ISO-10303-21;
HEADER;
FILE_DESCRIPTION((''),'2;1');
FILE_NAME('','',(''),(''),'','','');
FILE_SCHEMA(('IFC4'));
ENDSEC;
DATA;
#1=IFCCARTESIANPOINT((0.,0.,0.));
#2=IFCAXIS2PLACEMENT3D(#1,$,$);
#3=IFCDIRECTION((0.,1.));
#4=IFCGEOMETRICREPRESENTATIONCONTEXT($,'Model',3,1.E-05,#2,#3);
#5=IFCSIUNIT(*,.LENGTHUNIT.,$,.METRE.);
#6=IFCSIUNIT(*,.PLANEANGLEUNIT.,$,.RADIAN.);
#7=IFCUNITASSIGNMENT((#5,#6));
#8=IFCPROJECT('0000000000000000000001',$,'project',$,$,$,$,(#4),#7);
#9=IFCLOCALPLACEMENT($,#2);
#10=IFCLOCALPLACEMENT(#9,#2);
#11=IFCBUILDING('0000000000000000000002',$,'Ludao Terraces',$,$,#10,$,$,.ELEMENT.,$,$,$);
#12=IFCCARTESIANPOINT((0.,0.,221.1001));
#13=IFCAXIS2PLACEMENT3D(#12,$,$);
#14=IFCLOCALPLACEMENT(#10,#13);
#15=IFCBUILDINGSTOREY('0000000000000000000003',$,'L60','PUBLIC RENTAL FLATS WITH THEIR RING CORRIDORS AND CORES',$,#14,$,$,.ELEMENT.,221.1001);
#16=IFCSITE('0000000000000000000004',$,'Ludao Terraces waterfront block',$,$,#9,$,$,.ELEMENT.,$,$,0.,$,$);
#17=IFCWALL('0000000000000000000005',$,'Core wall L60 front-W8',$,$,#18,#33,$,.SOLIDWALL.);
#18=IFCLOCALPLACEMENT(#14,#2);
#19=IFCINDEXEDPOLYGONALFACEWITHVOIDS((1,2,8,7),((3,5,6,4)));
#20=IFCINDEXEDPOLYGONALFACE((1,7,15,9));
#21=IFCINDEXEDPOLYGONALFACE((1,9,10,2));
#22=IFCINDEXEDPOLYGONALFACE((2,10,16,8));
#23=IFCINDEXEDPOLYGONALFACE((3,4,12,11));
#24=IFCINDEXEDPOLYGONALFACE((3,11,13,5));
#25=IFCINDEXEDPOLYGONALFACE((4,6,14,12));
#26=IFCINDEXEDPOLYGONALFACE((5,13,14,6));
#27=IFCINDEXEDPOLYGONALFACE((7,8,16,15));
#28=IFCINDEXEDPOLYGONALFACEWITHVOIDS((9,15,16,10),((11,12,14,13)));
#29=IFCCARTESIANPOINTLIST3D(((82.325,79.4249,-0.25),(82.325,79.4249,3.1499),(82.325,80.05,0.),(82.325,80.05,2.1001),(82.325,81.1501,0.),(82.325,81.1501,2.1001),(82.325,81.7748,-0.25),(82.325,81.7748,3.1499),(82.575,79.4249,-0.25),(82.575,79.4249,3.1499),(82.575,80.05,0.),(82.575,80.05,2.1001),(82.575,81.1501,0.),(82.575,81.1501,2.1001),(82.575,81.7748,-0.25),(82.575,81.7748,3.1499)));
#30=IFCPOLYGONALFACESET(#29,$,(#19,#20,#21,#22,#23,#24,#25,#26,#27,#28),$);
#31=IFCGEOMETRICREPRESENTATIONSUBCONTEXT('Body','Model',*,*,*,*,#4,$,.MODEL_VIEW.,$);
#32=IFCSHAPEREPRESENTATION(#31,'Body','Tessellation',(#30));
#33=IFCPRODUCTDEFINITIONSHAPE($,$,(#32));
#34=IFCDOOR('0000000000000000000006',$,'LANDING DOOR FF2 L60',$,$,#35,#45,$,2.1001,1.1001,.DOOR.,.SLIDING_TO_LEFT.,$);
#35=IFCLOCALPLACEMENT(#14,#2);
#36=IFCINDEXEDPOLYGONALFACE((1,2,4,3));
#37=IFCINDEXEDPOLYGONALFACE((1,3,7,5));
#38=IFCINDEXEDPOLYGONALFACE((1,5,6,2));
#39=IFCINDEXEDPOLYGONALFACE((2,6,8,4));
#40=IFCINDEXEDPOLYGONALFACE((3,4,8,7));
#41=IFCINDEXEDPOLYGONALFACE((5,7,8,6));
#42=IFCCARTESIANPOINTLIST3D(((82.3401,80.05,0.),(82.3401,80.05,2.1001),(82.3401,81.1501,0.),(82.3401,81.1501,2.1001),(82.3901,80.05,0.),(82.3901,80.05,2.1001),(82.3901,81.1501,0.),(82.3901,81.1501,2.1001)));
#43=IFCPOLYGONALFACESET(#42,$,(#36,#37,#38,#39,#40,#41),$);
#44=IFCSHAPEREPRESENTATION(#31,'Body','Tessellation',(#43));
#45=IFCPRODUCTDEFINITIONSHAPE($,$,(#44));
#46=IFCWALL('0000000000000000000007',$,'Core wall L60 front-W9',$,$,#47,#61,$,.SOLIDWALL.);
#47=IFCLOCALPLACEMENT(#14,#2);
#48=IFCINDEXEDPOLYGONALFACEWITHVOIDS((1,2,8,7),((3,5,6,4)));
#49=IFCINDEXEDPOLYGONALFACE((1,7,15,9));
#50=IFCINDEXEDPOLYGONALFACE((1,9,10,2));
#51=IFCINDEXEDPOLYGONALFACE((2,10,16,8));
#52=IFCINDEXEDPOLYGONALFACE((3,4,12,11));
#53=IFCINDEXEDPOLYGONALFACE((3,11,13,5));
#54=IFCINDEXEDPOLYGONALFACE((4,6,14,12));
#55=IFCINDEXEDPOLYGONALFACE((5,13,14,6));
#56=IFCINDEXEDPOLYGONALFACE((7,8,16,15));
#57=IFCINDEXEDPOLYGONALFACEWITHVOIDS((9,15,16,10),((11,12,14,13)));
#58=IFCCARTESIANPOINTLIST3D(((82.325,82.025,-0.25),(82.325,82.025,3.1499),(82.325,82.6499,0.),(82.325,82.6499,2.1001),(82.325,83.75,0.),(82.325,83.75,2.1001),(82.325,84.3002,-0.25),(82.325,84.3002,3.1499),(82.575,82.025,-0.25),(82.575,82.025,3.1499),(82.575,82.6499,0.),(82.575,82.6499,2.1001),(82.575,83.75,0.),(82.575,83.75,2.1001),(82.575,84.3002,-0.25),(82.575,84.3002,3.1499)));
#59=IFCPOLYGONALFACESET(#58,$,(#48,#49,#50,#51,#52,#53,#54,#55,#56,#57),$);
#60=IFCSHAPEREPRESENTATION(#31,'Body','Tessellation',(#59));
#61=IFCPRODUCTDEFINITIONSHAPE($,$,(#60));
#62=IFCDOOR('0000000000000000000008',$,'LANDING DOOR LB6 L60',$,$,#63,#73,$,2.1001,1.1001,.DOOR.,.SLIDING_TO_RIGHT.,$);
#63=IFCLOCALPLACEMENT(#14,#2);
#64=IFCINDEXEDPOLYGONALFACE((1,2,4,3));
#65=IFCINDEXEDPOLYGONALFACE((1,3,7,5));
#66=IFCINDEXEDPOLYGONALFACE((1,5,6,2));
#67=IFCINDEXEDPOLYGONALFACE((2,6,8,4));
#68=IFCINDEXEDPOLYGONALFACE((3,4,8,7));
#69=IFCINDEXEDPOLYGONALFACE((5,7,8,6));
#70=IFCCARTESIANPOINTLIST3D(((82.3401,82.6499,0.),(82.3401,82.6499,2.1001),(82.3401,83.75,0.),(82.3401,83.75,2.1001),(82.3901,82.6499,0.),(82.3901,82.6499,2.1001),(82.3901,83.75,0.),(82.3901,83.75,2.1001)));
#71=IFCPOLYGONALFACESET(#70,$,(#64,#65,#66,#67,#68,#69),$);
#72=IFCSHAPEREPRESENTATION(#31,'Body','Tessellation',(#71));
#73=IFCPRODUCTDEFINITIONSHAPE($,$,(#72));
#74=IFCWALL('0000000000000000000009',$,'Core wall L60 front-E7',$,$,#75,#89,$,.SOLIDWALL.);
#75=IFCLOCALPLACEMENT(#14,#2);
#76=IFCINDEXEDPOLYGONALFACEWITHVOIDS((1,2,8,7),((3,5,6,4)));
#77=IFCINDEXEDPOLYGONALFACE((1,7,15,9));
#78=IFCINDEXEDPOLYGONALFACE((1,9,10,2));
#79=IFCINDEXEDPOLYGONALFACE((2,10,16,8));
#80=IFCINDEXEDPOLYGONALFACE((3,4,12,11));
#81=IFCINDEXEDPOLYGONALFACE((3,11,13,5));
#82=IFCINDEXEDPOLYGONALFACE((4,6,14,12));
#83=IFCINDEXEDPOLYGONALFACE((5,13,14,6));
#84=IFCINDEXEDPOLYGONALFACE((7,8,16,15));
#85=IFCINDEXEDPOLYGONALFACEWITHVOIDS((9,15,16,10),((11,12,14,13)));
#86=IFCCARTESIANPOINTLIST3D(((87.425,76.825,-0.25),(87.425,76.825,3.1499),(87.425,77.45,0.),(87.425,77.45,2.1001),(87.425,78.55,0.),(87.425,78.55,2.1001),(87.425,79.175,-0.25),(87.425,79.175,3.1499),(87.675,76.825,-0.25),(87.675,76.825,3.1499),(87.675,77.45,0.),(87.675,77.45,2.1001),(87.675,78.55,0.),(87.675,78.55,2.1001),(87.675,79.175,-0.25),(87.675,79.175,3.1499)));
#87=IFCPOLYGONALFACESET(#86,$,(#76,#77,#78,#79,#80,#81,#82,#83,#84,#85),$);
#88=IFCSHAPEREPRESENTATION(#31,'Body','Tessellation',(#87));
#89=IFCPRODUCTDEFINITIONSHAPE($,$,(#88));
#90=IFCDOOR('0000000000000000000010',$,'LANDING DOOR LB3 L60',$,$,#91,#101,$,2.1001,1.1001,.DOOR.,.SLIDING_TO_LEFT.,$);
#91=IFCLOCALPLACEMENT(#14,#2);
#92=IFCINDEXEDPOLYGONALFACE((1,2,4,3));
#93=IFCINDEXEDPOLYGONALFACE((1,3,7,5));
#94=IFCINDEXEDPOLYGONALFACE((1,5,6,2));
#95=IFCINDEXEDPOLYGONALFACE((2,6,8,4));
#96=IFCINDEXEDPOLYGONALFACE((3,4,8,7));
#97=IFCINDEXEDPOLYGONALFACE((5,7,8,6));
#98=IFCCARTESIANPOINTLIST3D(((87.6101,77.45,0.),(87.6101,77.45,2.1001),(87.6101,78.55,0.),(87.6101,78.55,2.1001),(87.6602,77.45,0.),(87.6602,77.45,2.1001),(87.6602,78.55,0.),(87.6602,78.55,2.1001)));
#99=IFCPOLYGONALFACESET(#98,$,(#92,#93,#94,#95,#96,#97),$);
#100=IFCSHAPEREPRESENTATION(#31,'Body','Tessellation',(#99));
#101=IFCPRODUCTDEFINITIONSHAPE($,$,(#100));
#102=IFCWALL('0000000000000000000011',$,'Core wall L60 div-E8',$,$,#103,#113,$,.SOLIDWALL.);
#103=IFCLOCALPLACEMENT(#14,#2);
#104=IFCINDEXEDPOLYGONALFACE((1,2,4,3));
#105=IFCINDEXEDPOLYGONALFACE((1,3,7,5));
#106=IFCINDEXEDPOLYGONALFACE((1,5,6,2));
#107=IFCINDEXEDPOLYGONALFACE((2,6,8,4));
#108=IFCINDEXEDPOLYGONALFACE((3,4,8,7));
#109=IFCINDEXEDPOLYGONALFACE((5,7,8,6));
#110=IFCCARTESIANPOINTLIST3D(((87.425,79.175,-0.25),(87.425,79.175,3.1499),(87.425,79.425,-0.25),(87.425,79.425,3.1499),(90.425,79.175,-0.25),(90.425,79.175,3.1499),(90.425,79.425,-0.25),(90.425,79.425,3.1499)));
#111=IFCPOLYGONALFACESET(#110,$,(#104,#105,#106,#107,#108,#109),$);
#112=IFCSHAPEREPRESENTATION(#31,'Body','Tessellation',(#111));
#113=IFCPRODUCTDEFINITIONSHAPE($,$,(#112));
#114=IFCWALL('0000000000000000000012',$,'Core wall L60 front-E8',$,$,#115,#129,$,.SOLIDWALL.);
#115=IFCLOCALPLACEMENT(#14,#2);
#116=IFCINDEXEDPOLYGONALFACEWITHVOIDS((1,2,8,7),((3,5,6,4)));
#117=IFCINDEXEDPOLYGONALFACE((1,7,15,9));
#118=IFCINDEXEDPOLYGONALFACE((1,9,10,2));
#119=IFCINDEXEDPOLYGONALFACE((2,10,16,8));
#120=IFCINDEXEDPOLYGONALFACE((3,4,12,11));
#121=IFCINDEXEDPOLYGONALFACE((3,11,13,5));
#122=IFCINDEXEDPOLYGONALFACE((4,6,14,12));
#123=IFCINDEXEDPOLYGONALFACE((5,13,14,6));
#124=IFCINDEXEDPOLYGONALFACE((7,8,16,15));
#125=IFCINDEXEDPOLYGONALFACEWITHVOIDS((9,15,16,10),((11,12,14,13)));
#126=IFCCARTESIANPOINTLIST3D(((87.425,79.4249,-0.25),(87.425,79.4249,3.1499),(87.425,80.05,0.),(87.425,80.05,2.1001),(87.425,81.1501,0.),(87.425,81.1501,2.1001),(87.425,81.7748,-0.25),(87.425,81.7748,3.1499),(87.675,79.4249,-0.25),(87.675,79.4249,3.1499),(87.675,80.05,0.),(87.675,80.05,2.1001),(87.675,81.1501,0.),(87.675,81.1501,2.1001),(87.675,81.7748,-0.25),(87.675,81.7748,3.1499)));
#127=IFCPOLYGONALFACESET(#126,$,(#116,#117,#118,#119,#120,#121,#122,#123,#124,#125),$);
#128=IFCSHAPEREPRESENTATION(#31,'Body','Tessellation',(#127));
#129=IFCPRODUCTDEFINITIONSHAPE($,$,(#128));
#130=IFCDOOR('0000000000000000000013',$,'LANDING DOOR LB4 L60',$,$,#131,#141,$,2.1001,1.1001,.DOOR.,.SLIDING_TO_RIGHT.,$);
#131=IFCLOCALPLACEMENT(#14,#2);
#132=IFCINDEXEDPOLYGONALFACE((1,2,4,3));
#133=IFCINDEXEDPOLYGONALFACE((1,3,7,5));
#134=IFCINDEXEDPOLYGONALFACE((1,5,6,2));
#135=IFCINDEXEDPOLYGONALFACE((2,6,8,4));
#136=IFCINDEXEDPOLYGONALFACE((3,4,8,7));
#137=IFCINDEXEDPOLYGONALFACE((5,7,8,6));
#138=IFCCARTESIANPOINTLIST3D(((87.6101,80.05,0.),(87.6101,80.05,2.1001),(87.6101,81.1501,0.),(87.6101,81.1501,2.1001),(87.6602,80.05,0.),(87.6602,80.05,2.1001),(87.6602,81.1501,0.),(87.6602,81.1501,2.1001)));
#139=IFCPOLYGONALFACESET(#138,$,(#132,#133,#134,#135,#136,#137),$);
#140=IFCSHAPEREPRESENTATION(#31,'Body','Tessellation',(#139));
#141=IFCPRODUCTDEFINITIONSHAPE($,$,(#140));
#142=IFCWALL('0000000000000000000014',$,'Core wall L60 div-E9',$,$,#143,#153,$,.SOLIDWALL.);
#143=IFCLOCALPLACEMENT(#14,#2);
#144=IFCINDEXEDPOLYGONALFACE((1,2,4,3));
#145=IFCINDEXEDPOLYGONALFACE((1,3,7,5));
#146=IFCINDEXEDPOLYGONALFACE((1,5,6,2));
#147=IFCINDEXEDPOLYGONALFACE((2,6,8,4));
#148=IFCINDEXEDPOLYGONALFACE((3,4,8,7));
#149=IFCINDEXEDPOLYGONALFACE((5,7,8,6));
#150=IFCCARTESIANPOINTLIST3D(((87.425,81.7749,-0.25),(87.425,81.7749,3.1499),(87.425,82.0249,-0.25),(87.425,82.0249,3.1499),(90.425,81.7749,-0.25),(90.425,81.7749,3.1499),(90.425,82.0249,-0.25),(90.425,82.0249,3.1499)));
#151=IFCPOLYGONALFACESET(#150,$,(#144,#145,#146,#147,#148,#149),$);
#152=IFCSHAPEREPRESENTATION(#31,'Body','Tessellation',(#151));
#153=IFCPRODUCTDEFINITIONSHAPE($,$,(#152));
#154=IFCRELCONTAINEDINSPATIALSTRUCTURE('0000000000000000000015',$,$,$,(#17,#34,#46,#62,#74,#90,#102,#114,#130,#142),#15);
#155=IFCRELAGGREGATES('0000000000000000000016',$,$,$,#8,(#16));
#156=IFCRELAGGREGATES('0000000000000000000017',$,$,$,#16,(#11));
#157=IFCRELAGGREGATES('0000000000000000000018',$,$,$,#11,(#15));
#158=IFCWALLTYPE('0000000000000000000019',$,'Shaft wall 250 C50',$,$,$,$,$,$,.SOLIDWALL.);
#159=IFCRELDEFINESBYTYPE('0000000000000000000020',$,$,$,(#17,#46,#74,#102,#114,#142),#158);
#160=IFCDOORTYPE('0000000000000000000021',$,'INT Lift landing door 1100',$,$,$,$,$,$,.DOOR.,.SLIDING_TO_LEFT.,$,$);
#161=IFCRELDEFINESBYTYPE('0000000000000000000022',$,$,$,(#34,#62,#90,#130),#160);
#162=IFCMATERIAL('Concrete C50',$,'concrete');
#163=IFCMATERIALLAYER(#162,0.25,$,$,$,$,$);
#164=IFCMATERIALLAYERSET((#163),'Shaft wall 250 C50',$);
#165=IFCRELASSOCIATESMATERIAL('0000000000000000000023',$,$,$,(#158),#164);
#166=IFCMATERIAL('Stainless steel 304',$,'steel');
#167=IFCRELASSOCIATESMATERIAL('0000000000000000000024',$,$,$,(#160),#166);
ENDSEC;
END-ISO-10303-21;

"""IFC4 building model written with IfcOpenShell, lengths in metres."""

from ifc_helpers import new_model, si_unit, direction, frame, frame_2d, origin, place, context, subcontext, project, spatial, rectangle, extrude, material, layer, layer_set, type_object, element, fill, save


model = new_model("IFC4")

# Units and contexts
model_context = context("Model", 3, precision=1e-05, world=origin(), true_north=direction((0.0, 1.0)))
body_context = subcontext(model_context, "Body", "Model", "MODEL_VIEW")
ifc_project = project(units=[si_unit("LENGTHUNIT", "METRE"), si_unit("PLANEANGLEUNIT", "RADIAN")], contexts=[model_context])

# Site, building, storey
site_placement = place(None, origin())
site = spatial("IfcSite", under=ifc_project, at=site_placement, Name="Ludao Terraces waterfront block", CompositionType="ELEMENT", RefElevation=0.0)
building_placement = place(site_placement, origin())
building = spatial("IfcBuilding", under=site, at=building_placement, Name="Ludao Terraces", CompositionType="ELEMENT")
storey_placement = place(building_placement, frame((0.0, 0.0, 221.1001)))
storey = spatial("IfcBuildingStorey", under=building, at=storey_placement, Name="L60", Description="PUBLIC RENTAL FLATS WITH THEIR RING CORRIDORS AND CORES", CompositionType="ELEMENT", Elevation=221.1001)

# Shared definitions
ifc_material_1 = material(Name="Concrete C50", Category="concrete")

# Shared definitions
ifc_layer_1 = layer(ifc_material_1, 0.25)
ifc_layer_set_1 = layer_set([ifc_layer_1], Name="Shaft wall 250 C50")
wall_type_1 = type_object("IfcWallType", Name="Shaft wall 250 C50", PredefinedType="SOLIDWALL", material=ifc_layer_set_1)

# Walls, openings, doors
ifc_material_2 = material(Name="Stainless steel 304", Category="steel")
door_type_1 = type_object("IfcDoorType", Name="INT Lift landing door 1100", OperationType="SLIDING_TO_LEFT", PredefinedType="DOOR", material=ifc_material_2)
wall_1_placement = place(storey_placement, frame((82.45, 79.425, -0.25), z_axis=(0.0, 0.0, 1.0), x_axis=(0.0, 1.0, 0.0)))
wall_1 = element("IfcWall", 1, at=wall_1_placement, inside=storey, type_object=wall_type_1, Name="Core wall L60 front-W8", PredefinedType="SOLIDWALL", context=body_context, shape_type="SweptSolid", body=[
    extrude(rectangle(XDim=2.3499, YDim=0.25, at=frame_2d((1.1748, 0.0))), origin(), (0.0, 0.0, 1.0), 3.3999),
])
opening_1_placement = place(wall_1_placement, frame((0.625, 0.0, 0.25)))
opening_1 = element("IfcOpeningElement", 2, at=opening_1_placement, cuts=wall_1, PredefinedType="OPENING", context=body_context, shape_type="SweptSolid", body=[
    extrude(rectangle(XDim=1.1001, YDim=2.1001, at=frame_2d((0.55, 1.05))), frame((0.0, 0.135, 0.0), z_axis=(0.0, -1.0, 0.0), x_axis=(1.0, 0.0, 0.0)), (0.0, 0.0, 1.0), 0.27),
])
door_1_placement = place(opening_1_placement, origin())
door_1 = element("IfcDoor", 3, at=door_1_placement, inside=storey, type_object=door_type_1, Name="LANDING DOOR FF2 L60", OperationType="SLIDING_TO_LEFT", OverallHeight=2.1001, OverallWidth=1.1001, PredefinedType="DOOR", context=body_context, shape_type="SweptSolid", body=[
    extrude(rectangle(XDim=1.1001, YDim=2.1001, at=frame_2d((0.55, 1.05))), frame((0.0, 0.1099, 0.0), z_axis=(0.0, -1.0, 0.0), x_axis=(1.0, 0.0, 0.0)), (0.0, 0.0, 1.0), 0.05),
])
fill(opening_1, door_1)
wall_2_placement = place(storey_placement, frame((82.45, 82.0249, -0.25), z_axis=(0.0, 0.0, 1.0), x_axis=(0.0, 1.0, 0.0)))
wall_2 = element("IfcWall", 4, at=wall_2_placement, inside=storey, type_object=wall_type_1, Name="Core wall L60 front-W9", PredefinedType="SOLIDWALL", context=body_context, shape_type="SweptSolid", body=[
    extrude(rectangle(XDim=2.2751, YDim=0.25, at=frame_2d((1.1377, 0.0))), origin(), (0.0, 0.0, 1.0), 3.3999),
])
opening_2_placement = place(wall_2_placement, frame((0.625, 0.0, 0.25)))
opening_2 = element("IfcOpeningElement", 5, at=opening_2_placement, cuts=wall_2, PredefinedType="OPENING", context=body_context, shape_type="SweptSolid", body=[
    extrude(rectangle(XDim=1.1001, YDim=2.1001, at=frame_2d((0.55, 1.05))), frame((0.0, 0.135, 0.0), z_axis=(0.0, -1.0, 0.0), x_axis=(1.0, 0.0, 0.0)), (0.0, 0.0, 1.0), 0.27),
])
door_2_placement = place(opening_2_placement, origin())
door_2 = element("IfcDoor", 6, at=door_2_placement, inside=storey, type_object=door_type_1, Name="LANDING DOOR LB6 L60", OperationType="SLIDING_TO_RIGHT", OverallHeight=2.1001, OverallWidth=1.1001, PredefinedType="DOOR", context=body_context, shape_type="SweptSolid", body=[
    extrude(rectangle(XDim=1.1001, YDim=2.1001, at=frame_2d((0.55, 1.05))), frame((0.0, 0.1099, 0.0), z_axis=(0.0, -1.0, 0.0), x_axis=(1.0, 0.0, 0.0)), (0.0, 0.0, 1.0), 0.05),
])
fill(opening_2, door_2)
wall_3_placement = place(storey_placement, frame((87.55, 76.825, -0.25), z_axis=(0.0, 0.0, 1.0), x_axis=(0.0, 1.0, 0.0)))
wall_3 = element("IfcWall", 7, at=wall_3_placement, inside=storey, type_object=wall_type_1, Name="Core wall L60 front-E7", PredefinedType="SOLIDWALL", context=body_context, shape_type="SweptSolid", body=[
    extrude(rectangle(XDim=2.3501, YDim=0.25, at=frame_2d((1.175, 0.0))), origin(), (0.0, 0.0, 1.0), 3.3999),
])
opening_3_placement = place(wall_3_placement, frame((0.625, 0.0, 0.25)))
opening_3 = element("IfcOpeningElement", 8, at=opening_3_placement, cuts=wall_3, PredefinedType="OPENING", context=body_context, shape_type="SweptSolid", body=[
    extrude(rectangle(XDim=1.1001, YDim=2.1001, at=frame_2d((0.55, 1.05))), frame((0.0, 0.135, 0.0), z_axis=(0.0, -1.0, 0.0), x_axis=(1.0, 0.0, 0.0)), (0.0, 0.0, 1.0), 0.27),
])
door_3_placement = place(opening_3_placement, origin())
door_3 = element("IfcDoor", 9, at=door_3_placement, inside=storey, type_object=door_type_1, Name="LANDING DOOR LB3 L60", OperationType="SLIDING_TO_LEFT", OverallHeight=2.1001, OverallWidth=1.1001, PredefinedType="DOOR", context=body_context, shape_type="SweptSolid", body=[
    extrude(rectangle(XDim=1.1001, YDim=2.1001, at=frame_2d((0.55, 1.05))), frame((0.0, -0.0601, 0.0), z_axis=(0.0, -1.0, 0.0), x_axis=(1.0, 0.0, 0.0)), (0.0, 0.0, 1.0), 0.05),
])
fill(opening_3, door_3)

# Wall
wall_4_placement = place(storey_placement, frame((87.425, 79.3, -0.25), z_axis=(0.0, 0.0, 1.0), x_axis=(1.0, 0.0, 0.0)))
element("IfcWall", 10, at=wall_4_placement, inside=storey, type_object=wall_type_1, Name="Core wall L60 div-E8", PredefinedType="SOLIDWALL", context=body_context, shape_type="SweptSolid", body=[
    extrude(rectangle(XDim=3.0, YDim=0.25, at=frame_2d((1.5, 0.0))), origin(), (0.0, 0.0, 1.0), 3.3999),
])

# Wall, opening, door
wall_5_placement = place(storey_placement, frame((87.55, 79.425, -0.25), z_axis=(0.0, 0.0, 1.0), x_axis=(0.0, 1.0, 0.0)))
wall_5 = element("IfcWall", 11, at=wall_5_placement, inside=storey, type_object=wall_type_1, Name="Core wall L60 front-E8", PredefinedType="SOLIDWALL", context=body_context, shape_type="SweptSolid", body=[
    extrude(rectangle(XDim=2.3499, YDim=0.25, at=frame_2d((1.1748, 0.0))), origin(), (0.0, 0.0, 1.0), 3.3999),
])
opening_4_placement = place(wall_5_placement, frame((0.625, 0.0, 0.25)))
opening_4 = element("IfcOpeningElement", 12, at=opening_4_placement, cuts=wall_5, PredefinedType="OPENING", context=body_context, shape_type="SweptSolid", body=[
    extrude(rectangle(XDim=1.1001, YDim=2.1001, at=frame_2d((0.55, 1.05))), frame((0.0, 0.135, 0.0), z_axis=(0.0, -1.0, 0.0), x_axis=(1.0, 0.0, 0.0)), (0.0, 0.0, 1.0), 0.27),
])
door_4_placement = place(opening_4_placement, origin())
door_4 = element("IfcDoor", 13, at=door_4_placement, inside=storey, type_object=door_type_1, Name="LANDING DOOR LB4 L60", OperationType="SLIDING_TO_RIGHT", OverallHeight=2.1001, OverallWidth=1.1001, PredefinedType="DOOR", context=body_context, shape_type="SweptSolid", body=[
    extrude(rectangle(XDim=1.1001, YDim=2.1001, at=frame_2d((0.55, 1.05))), frame((0.0, -0.0601, 0.0), z_axis=(0.0, -1.0, 0.0), x_axis=(1.0, 0.0, 0.0)), (0.0, 0.0, 1.0), 0.05),
])
fill(opening_4, door_4)

# Wall
wall_6_placement = place(storey_placement, frame((87.425, 81.8999, -0.25), z_axis=(0.0, 0.0, 1.0), x_axis=(1.0, 0.0, 0.0)))
element("IfcWall", 14, at=wall_6_placement, inside=storey, type_object=wall_type_1, Name="Core wall L60 div-E9", PredefinedType="SOLIDWALL", context=body_context, shape_type="SweptSolid", body=[
    extrude(rectangle(XDim=3.0, YDim=0.25, at=frame_2d((1.5, 0.0))), origin(), (0.0, 0.0, 1.0), 3.3999),
])

save(model, "model.ifc")
